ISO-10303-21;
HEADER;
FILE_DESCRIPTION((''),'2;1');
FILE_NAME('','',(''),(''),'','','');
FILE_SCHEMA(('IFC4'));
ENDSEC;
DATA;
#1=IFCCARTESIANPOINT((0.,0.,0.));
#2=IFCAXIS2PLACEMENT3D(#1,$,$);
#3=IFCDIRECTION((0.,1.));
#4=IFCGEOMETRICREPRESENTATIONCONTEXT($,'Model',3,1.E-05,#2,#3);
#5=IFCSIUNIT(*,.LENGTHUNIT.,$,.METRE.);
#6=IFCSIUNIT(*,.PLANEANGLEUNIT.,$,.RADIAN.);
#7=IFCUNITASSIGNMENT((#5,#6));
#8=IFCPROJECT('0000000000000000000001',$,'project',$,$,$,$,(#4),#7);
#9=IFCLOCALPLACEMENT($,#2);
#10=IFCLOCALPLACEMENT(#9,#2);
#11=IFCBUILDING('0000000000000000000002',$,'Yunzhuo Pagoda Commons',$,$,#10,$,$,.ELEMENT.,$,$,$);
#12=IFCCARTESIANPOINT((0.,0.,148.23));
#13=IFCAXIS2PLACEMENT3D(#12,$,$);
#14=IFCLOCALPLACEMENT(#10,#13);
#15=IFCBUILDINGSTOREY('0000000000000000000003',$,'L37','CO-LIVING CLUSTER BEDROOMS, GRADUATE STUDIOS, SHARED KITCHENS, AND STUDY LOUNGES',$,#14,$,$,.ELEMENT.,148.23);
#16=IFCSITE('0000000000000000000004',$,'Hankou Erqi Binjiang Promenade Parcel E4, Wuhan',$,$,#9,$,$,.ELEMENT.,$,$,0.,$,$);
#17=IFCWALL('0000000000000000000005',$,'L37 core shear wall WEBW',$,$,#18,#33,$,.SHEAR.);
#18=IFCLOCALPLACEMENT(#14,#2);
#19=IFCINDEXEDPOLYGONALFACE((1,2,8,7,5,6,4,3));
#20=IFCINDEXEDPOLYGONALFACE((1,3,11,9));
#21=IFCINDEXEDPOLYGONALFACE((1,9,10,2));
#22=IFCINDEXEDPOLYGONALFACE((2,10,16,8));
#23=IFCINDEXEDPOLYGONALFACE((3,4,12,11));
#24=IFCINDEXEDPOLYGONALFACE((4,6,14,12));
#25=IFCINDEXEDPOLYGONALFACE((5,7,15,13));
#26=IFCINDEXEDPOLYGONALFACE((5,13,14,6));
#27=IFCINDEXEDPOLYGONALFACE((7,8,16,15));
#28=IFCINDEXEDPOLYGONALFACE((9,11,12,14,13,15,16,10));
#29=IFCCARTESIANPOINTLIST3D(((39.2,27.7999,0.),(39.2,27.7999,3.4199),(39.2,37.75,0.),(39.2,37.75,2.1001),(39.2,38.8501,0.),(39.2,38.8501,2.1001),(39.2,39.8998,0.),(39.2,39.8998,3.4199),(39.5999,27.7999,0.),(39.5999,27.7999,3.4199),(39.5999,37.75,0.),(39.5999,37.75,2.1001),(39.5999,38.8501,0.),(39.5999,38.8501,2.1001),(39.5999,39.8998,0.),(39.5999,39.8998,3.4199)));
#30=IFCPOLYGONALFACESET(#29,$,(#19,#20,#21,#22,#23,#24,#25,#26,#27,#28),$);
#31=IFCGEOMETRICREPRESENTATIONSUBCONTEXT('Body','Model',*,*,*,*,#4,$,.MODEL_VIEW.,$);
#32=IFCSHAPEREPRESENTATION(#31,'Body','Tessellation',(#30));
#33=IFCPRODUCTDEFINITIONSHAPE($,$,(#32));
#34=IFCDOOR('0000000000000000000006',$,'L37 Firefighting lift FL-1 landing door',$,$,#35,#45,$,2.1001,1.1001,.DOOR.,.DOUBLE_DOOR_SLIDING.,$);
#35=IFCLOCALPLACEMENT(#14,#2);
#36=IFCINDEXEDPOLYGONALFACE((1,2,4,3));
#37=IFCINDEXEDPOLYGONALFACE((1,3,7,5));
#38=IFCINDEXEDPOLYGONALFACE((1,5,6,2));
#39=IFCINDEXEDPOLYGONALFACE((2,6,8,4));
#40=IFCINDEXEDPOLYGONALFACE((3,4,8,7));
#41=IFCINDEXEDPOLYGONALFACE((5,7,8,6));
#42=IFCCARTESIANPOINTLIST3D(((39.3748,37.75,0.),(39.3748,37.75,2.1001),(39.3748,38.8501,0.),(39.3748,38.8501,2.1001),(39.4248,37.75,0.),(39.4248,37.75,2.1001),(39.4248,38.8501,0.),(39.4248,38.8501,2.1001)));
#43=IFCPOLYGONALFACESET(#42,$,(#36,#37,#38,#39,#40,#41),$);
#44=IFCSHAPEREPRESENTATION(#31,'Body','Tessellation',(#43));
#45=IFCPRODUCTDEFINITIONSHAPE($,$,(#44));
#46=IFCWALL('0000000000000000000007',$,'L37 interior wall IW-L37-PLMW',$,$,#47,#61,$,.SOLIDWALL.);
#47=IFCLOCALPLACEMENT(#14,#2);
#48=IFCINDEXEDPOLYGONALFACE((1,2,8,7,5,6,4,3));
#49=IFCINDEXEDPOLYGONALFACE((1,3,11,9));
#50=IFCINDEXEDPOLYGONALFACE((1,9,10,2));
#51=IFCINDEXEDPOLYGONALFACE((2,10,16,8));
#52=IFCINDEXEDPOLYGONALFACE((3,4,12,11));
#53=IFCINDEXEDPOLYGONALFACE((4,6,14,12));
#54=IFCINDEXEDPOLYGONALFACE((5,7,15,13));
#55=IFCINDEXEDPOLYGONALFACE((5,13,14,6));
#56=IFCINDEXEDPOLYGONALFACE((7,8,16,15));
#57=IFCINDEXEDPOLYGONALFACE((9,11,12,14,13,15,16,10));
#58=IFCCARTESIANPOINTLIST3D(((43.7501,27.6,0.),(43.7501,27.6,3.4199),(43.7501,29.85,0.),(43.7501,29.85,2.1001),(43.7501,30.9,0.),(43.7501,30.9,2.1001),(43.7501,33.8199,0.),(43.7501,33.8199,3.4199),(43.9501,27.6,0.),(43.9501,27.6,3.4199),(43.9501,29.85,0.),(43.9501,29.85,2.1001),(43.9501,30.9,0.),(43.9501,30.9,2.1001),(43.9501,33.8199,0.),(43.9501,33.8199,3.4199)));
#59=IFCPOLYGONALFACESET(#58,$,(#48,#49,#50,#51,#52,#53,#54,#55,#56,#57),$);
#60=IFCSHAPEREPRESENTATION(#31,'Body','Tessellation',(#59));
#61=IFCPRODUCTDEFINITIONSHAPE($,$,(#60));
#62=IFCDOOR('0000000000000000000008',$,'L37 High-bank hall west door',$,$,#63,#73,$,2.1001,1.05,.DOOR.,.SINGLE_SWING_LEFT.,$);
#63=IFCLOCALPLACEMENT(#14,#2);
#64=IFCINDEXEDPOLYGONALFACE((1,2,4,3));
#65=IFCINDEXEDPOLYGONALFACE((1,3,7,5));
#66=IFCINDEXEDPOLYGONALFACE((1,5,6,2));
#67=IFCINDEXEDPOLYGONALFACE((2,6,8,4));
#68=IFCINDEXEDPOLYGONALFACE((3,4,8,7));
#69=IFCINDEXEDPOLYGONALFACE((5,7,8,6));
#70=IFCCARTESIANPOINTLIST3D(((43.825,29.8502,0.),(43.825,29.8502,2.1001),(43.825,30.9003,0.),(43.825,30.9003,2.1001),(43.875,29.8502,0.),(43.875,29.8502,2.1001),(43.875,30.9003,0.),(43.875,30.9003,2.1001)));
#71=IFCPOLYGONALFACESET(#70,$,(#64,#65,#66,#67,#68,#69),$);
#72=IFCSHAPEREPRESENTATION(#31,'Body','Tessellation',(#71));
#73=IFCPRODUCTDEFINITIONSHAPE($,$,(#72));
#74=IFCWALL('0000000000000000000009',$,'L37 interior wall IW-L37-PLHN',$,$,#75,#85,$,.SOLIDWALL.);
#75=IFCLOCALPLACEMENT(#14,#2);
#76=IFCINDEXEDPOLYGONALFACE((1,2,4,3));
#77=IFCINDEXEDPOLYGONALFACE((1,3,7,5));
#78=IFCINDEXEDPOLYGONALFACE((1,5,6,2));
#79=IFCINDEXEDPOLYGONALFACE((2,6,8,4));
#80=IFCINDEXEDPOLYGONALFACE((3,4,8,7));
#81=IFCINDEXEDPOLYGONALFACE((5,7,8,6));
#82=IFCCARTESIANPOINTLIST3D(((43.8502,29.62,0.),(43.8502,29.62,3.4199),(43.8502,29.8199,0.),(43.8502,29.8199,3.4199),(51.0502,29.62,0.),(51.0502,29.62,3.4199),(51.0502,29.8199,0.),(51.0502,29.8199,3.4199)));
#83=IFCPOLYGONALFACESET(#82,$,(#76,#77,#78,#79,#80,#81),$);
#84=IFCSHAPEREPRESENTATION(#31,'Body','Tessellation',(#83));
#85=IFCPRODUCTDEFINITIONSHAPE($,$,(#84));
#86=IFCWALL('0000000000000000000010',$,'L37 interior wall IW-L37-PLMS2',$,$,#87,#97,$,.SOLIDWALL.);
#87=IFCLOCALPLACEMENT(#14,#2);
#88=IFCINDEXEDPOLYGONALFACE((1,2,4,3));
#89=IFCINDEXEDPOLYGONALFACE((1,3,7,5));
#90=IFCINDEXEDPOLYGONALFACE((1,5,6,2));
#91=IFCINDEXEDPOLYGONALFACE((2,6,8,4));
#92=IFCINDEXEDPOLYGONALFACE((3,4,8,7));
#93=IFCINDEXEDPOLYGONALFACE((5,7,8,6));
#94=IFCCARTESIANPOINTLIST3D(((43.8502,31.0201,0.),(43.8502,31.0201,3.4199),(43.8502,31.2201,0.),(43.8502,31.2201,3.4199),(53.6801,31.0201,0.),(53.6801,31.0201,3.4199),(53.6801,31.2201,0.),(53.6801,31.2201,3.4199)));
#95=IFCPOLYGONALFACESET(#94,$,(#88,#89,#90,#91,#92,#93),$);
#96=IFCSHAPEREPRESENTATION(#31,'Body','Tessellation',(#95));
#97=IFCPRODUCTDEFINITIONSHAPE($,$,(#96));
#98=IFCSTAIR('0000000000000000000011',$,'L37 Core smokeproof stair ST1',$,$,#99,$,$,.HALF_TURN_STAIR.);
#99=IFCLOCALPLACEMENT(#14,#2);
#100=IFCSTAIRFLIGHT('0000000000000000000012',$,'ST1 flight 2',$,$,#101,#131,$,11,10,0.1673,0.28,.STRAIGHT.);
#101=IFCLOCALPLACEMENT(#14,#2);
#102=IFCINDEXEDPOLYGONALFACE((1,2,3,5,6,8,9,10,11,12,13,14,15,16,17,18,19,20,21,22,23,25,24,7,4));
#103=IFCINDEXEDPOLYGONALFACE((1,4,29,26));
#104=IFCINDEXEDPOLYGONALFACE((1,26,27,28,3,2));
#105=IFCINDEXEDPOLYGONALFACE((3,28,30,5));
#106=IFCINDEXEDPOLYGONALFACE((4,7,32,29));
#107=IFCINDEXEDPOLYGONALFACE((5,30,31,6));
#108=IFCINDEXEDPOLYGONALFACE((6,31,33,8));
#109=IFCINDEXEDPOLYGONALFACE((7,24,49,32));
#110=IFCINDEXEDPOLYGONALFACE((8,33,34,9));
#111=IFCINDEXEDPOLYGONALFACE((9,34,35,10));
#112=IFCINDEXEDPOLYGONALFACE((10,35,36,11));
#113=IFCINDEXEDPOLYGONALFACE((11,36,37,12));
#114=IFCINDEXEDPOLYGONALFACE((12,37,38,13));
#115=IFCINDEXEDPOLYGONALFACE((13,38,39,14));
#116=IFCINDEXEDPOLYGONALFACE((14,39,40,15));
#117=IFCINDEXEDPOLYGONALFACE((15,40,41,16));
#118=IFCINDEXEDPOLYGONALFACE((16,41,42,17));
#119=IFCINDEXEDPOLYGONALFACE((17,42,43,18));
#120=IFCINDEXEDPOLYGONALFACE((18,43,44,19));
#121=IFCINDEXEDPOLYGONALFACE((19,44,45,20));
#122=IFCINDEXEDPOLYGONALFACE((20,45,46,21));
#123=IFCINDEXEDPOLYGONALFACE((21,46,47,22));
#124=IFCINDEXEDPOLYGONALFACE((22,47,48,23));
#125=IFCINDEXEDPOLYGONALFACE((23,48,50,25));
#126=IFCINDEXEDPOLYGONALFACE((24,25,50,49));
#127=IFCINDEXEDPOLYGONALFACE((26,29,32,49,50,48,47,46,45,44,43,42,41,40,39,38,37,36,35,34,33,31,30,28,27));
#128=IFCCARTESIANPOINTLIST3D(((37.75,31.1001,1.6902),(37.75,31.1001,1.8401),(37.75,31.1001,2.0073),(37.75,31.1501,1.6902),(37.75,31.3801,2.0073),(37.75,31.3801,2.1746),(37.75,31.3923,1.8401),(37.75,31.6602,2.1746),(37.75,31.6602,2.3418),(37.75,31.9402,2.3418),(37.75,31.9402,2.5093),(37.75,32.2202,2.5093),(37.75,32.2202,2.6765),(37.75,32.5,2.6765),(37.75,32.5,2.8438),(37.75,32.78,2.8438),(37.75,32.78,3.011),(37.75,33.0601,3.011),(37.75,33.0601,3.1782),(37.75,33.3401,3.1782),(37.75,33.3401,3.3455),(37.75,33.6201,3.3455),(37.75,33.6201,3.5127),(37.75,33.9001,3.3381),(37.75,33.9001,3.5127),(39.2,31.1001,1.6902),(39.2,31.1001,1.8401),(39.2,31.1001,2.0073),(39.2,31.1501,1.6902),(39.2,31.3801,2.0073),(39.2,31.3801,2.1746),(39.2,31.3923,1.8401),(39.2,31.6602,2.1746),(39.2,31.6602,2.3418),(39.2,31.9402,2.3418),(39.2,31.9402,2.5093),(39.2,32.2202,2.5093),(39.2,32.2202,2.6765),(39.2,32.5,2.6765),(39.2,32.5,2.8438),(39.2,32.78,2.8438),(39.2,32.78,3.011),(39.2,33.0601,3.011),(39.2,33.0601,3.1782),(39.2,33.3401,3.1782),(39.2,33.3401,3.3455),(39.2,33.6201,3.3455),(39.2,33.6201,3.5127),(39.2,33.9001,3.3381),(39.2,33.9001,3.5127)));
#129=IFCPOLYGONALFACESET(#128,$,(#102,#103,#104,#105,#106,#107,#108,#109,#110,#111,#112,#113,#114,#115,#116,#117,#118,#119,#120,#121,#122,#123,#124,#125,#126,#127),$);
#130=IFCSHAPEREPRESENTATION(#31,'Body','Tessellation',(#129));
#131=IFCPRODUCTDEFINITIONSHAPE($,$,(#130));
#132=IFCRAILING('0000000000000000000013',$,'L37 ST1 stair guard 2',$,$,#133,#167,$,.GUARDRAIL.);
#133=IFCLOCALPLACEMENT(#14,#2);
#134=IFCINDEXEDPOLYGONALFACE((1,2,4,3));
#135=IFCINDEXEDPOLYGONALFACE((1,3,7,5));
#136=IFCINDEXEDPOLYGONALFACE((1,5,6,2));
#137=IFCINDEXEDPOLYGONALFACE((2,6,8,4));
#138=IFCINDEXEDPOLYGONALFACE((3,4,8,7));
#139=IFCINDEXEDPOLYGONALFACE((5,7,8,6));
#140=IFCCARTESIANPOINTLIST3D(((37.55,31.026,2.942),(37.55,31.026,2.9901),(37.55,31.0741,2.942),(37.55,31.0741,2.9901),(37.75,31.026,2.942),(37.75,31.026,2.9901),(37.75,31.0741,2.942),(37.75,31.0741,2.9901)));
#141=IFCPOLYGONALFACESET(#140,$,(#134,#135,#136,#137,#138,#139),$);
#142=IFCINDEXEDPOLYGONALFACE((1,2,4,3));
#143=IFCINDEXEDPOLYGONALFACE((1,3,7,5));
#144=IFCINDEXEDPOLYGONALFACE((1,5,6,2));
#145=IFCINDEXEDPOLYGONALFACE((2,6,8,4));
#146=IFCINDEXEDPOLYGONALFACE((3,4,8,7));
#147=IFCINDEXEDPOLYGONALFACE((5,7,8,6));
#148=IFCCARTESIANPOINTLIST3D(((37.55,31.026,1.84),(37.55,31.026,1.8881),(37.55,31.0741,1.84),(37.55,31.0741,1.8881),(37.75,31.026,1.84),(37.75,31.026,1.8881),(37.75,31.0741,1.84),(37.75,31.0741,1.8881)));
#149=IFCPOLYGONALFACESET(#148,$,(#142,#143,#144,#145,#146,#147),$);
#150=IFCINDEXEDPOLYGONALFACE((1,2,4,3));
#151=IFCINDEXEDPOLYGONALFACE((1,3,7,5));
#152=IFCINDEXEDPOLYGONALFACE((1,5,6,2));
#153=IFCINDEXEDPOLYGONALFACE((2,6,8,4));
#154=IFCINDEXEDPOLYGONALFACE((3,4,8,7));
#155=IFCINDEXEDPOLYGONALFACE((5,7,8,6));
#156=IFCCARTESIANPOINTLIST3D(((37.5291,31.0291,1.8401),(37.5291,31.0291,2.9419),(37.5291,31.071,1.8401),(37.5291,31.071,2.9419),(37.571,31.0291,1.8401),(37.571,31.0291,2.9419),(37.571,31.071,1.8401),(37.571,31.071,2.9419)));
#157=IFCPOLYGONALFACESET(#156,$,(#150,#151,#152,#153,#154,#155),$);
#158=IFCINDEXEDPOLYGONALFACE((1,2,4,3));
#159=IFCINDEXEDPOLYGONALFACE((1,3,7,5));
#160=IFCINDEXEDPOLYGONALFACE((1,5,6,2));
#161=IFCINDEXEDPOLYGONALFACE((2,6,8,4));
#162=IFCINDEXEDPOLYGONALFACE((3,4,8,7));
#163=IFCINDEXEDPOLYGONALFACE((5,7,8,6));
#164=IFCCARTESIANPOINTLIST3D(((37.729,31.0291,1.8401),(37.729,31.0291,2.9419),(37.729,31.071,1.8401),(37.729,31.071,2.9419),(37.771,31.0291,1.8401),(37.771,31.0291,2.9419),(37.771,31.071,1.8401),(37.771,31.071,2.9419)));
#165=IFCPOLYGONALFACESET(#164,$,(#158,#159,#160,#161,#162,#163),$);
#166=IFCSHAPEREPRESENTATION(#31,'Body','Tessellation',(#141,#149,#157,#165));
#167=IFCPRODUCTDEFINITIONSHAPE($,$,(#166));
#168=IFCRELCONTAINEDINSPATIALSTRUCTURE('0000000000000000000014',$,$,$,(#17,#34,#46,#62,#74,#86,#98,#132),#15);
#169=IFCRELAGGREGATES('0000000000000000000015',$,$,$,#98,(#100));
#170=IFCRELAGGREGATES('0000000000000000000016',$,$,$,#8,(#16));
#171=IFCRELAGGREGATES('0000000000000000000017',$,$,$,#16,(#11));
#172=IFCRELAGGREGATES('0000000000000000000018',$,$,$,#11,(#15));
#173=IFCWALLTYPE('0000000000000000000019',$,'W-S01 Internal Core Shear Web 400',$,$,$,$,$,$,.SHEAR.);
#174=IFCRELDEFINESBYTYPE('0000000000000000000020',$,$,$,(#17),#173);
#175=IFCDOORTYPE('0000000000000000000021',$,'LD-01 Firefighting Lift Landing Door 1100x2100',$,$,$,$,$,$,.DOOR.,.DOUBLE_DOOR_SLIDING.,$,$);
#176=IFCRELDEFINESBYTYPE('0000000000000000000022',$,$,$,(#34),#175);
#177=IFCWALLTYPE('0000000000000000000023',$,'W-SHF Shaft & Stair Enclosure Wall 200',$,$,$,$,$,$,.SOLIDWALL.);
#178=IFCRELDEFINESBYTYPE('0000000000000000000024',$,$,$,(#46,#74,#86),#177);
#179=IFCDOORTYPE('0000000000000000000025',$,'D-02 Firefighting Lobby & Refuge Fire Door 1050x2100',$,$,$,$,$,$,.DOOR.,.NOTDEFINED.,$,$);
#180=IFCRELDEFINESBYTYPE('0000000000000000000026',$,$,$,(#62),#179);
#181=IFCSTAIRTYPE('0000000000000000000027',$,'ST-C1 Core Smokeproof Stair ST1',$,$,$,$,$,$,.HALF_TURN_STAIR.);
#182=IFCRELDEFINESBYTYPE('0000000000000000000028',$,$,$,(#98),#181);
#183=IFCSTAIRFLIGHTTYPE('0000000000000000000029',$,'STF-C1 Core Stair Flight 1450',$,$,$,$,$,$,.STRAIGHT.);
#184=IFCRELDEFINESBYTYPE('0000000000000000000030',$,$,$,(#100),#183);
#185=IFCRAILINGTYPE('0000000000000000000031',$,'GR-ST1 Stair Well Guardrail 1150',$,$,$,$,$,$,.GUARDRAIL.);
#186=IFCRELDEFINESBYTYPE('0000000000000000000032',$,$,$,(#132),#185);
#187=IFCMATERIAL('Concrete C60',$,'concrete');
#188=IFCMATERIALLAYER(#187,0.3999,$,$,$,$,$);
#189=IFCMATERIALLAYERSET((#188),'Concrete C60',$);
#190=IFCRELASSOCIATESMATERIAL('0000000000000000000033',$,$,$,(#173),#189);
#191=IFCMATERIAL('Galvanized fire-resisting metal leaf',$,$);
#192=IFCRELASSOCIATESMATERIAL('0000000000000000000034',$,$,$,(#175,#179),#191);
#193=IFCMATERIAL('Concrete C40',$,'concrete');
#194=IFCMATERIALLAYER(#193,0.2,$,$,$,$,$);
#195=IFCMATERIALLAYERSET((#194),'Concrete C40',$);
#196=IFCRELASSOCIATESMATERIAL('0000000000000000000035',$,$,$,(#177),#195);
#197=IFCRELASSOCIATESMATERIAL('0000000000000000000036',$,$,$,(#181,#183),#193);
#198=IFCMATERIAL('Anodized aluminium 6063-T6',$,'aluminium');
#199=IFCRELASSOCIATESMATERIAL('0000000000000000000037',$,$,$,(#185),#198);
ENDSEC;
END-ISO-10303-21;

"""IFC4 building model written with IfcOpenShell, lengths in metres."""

from ifc_helpers import new_model, si_unit, direction, frame, frame_2d, origin, origin_2d, place, context, subcontext, project, spatial, polyline, rectangle, outline, extrude, source, transform, mapped, material, layer, layer_set, type_object, element, fill, aggregate, save


model = new_model("IFC4")

# Units and contexts
model_context = context("Model", 3, precision=1e-05, world=origin(), true_north=direction((0.0, 1.0)))
body_context = subcontext(model_context, "Body", "Model", "MODEL_VIEW")
ifc_project = project(units=[si_unit("LENGTHUNIT", "METRE"), si_unit("PLANEANGLEUNIT", "RADIAN")], contexts=[model_context])

# Site, building, storey
site_placement = place(None, origin())
site = spatial("IfcSite", under=ifc_project, at=site_placement, Name="Hankou Erqi Binjiang Promenade Parcel E4, Wuhan", CompositionType="ELEMENT", RefElevation=0.0)
building_placement = place(site_placement, origin())
building = spatial("IfcBuilding", under=site, at=building_placement, Name="Yunzhuo Pagoda Commons", CompositionType="ELEMENT")
storey_placement = place(building_placement, frame((0.0, 0.0, 148.23)))
storey = spatial("IfcBuildingStorey", under=building, at=storey_placement, Name="L37", Description="CO-LIVING CLUSTER BEDROOMS, GRADUATE STUDIOS, SHARED KITCHENS, AND STUDY LOUNGES", CompositionType="ELEMENT", Elevation=148.23)

# Shared definitions
ifc_material_1 = material(Name="Concrete C60", Category="concrete")

# Shared definitions
ifc_material_2 = material(Name="Galvanized fire-resisting metal leaf")

# Walls, openings, doors
ifc_layer_1 = layer(ifc_material_1, 0.3999)
ifc_layer_set_1 = layer_set([ifc_layer_1], Name="Concrete C60")
wall_type_1 = type_object("IfcWallType", Name="W-S01 Internal Core Shear Web 400", PredefinedType="SHEAR", material=ifc_layer_set_1)
wall_1_placement = place(storey_placement, frame((39.3999, 27.8, 0.0), z_axis=(0.0, 0.0, 1.0), x_axis=(0.0, 1.0, 0.0)))
wall_1 = element("IfcWall", 1, at=wall_1_placement, inside=storey, type_object=wall_type_1, Name="L37 core shear wall WEBW", PredefinedType="SHEAR", context=body_context, shape_type="SweptSolid", body=[
    extrude(rectangle(XDim=12.0999, YDim=0.3999, at=frame_2d((6.0498, 0.0))), origin(), (0.0, 0.0, 1.0), 3.4199),
])
opening_1_placement = place(wall_1_placement, frame((9.95, 0.0, 0.0)))
opening_1 = element("IfcOpeningElement", 2, at=opening_1_placement, cuts=wall_1, PredefinedType="OPENING", context=body_context, shape_type="SweptSolid", body=[
    extrude(rectangle(XDim=1.1001, YDim=2.1001, at=frame_2d((0.55, 1.05))), frame((0.0, 0.21, 0.0), z_axis=(0.0, -1.0, 0.0), x_axis=(1.0, 0.0, 0.0)), (0.0, 0.0, 1.0), 0.4199),
])
door_type_1 = type_object("IfcDoorType", Name="LD-01 Firefighting Lift Landing Door 1100x2100", OperationType="DOUBLE_DOOR_SLIDING", PredefinedType="DOOR", material=ifc_material_2)
shared_shape_1 = source(origin(), body_context, "Body", "SweptSolid", [
    extrude(rectangle(XDim=1.1001, YDim=2.1001, at=frame_2d((0.55, 1.05))), frame((0.0, 0.0249, 0.0), z_axis=(0.0, -1.0, 0.0), x_axis=(1.0, 0.0, 0.0)), (0.0, 0.0, 1.0), 0.05),
])
door_1_placement = place(opening_1_placement, frame((1.1001, 0.0, 0.0), z_axis=(0.0, 0.0, 1.0), x_axis=(-1.0, 0.0, 0.0)))
door_1 = element("IfcDoor", 3, at=door_1_placement, inside=storey, type_object=door_type_1, Name="L37 Firefighting lift FL-1 landing door", OperationType="DOUBLE_DOOR_SLIDING", OverallHeight=2.1001, OverallWidth=1.1001, PredefinedType="DOOR", context=body_context, shape_type="MappedRepresentation", body=[
    mapped(shared_shape_1, transform((0.0, 0.0, 0.0), scale=1.0)),
])
fill(opening_1, door_1)
ifc_material_3 = material(Name="Concrete C40", Category="concrete")
ifc_layer_2 = layer(ifc_material_3, 0.2)
ifc_layer_set_2 = layer_set([ifc_layer_2], Name="Concrete C40")
wall_type_2 = type_object("IfcWallType", Name="W-SHF Shaft & Stair Enclosure Wall 200", PredefinedType="SOLIDWALL", material=ifc_layer_set_2)
wall_2_placement = place(storey_placement, frame((43.8501, 27.6001, 0.0), z_axis=(0.0, 0.0, 1.0), x_axis=(0.0, 1.0, 0.0)))
wall_2 = element("IfcWall", 4, at=wall_2_placement, inside=storey, type_object=wall_type_2, Name="L37 interior wall IW-L37-PLMW", PredefinedType="SOLIDWALL", context=body_context, shape_type="SweptSolid", body=[
    extrude(rectangle(XDim=6.22, YDim=0.2, at=frame_2d((3.1099, 0.0))), origin(), (0.0, 0.0, 1.0), 3.4199),
])
opening_2_placement = place(wall_2_placement, frame((2.25, 0.0, 0.0)))
opening_2 = element("IfcOpeningElement", 5, at=opening_2_placement, cuts=wall_2, PredefinedType="OPENING", context=body_context, shape_type="SweptSolid", body=[
    extrude(rectangle(XDim=1.05, YDim=2.1001, at=frame_2d((0.5249, 1.05))), frame((0.0, 0.1099, 0.0), z_axis=(0.0, -1.0, 0.0), x_axis=(1.0, 0.0, 0.0)), (0.0, 0.0, 1.0), 0.22),
])
door_type_2 = type_object("IfcDoorType", Name="D-02 Firefighting Lobby & Refuge Fire Door 1050x2100", OperationType="NOTDEFINED", PredefinedType="DOOR", material=ifc_material_2)
shared_shape_2 = source(origin(), body_context, "Body", "SweptSolid", [
    extrude(rectangle(XDim=1.05, YDim=2.1001, at=frame_2d((0.5249, 1.05))), frame((0.0, 0.0249, 0.0), z_axis=(0.0, -1.0, 0.0), x_axis=(1.0, 0.0, 0.0)), (0.0, 0.0, 1.0), 0.05),
])
door_2_placement = place(opening_2_placement, frame((1.05, 0.0, 0.0), z_axis=(0.0, 0.0, 1.0), x_axis=(-1.0, 0.0, 0.0)))
door_2 = element("IfcDoor", 6, at=door_2_placement, inside=storey, type_object=door_type_2, Name="L37 High-bank hall west door", OperationType="SINGLE_SWING_LEFT", OverallHeight=2.1001, OverallWidth=1.05, PredefinedType="DOOR", context=body_context, shape_type="MappedRepresentation", body=[
    mapped(shared_shape_2, transform((0.0, 0.0, 0.0), scale=1.0)),
])
fill(opening_2, door_2)

# Walls
wall_3_placement = place(storey_placement, frame((43.8501, 29.72, 0.0), z_axis=(0.0, 0.0, 1.0), x_axis=(1.0, 0.0, 0.0)))
element("IfcWall", 7, at=wall_3_placement, inside=storey, type_object=wall_type_2, Name="L37 interior wall IW-L37-PLHN", PredefinedType="SOLIDWALL", context=body_context, shape_type="SweptSolid", body=[
    extrude(rectangle(XDim=7.2, YDim=0.2, at=frame_2d((3.6001, 0.0))), origin(), (0.0, 0.0, 1.0), 3.4199),
])
wall_4_placement = place(storey_placement, frame((43.8501, 31.1201, 0.0), z_axis=(0.0, 0.0, 1.0), x_axis=(1.0, 0.0, 0.0)))
element("IfcWall", 8, at=wall_4_placement, inside=storey, type_object=wall_type_2, Name="L37 interior wall IW-L37-PLMS2", PredefinedType="SOLIDWALL", context=body_context, shape_type="SweptSolid", body=[
    extrude(rectangle(XDim=9.8298, YDim=0.2, at=frame_2d((4.915, 0.0))), origin(), (0.0, 0.0, 1.0), 3.4199),
])

# Stair, stair flight
stair_type = type_object("IfcStairType", Name="ST-C1 Core Smokeproof Stair ST1", PredefinedType="HALF_TURN_STAIR", material=ifc_material_3)
stair_placement = place(storey_placement, origin())
stair = element("IfcStair", 9, at=stair_placement, inside=storey, type_object=stair_type, Name="L37 Core smokeproof stair ST1", PredefinedType="HALF_TURN_STAIR")
stair_flight_type = type_object("IfcStairFlightType", Name="STF-C1 Core Stair Flight 1450", PredefinedType="STRAIGHT", material=ifc_material_3)
shared_shape_3 = source(origin(), body_context, "Body", "SweptSolid", [
    extrude(outline(polyline([(0.0, -0.1499), (0.0, 0.0), (0.0, 0.1672), (0.28, 0.1672), (0.28, 0.3345), (0.5601, 0.3345), (0.5601, 0.5017), (0.8401, 0.5017), (0.8401, 0.6692), (1.1201, 0.6692), (1.1201, 0.8364), (1.3999, 0.8364), (1.3999, 1.0037), (1.6799, 1.0037), (1.6799, 1.1709), (1.96, 1.1709), (1.96, 1.3381), (2.24, 1.3381), (2.24, 1.5054), (2.52, 1.5054), (2.52, 1.6726), (2.8, 1.6726), (2.8, 1.8401), (2.8, 1.498), (0.2922, 0.0), (0.05, -0.1499), (0.0, -0.1499)])), frame((0.0, 0.7251, 0.0), z_axis=(0.0, -1.0, 0.0), x_axis=(1.0, 0.0, 0.0)), (0.0, 0.0, 1.0), 1.45),
])
stair_flight_placement = place(storey_placement, frame((38.4751, 31.1001, 1.8401), z_axis=(0.0, 0.0, 1.0), x_axis=(0.0, 1.0, 0.0)))
stair_flight = element("IfcStairFlight", 10, at=stair_flight_placement, type_object=stair_flight_type, Name="ST1 flight 2", NumberOfRisers=11, NumberOfTreads=10, PredefinedType="STRAIGHT", RiserHeight=0.1673, TreadLength=0.28, context=body_context, shape_type="MappedRepresentation", body=[
    mapped(shared_shape_3, transform((0.0, 0.0, 0.0), scale=1.0)),
])
aggregate(stair, [stair_flight])

# Railing
ifc_material_4 = material(Name="Anodized aluminium 6063-T6", Category="aluminium")
railing_type_1 = type_object("IfcRailingType", Name="GR-ST1 Stair Well Guardrail 1150", PredefinedType="GUARDRAIL", material=ifc_material_4)
railing_1_placement = place(storey_placement, frame((37.55, 31.05, 1.8401)))
element("IfcRailing", 11, at=railing_1_placement, inside=storey, type_object=railing_type_1, Name="L37 ST1 stair guard 2", PredefinedType="GUARDRAIL", context=body_context, shape_type="SweptSolid", body=[
    extrude(rectangle(XDim=0.0481, YDim=0.0481, at=origin_2d()), frame((0.0, 0.0, 1.126), z_axis=(1.0, 0.0, 0.0), x_axis=(0.0, 1.0, 0.0)), (0.0, 0.0, 1.0), 0.2),
    extrude(rectangle(XDim=0.0481, YDim=0.0481, at=origin_2d()), frame((0.0, 0.0, 0.0239), z_axis=(1.0, 0.0, 0.0), x_axis=(0.0, 1.0, 0.0)), (0.0, 0.0, 1.0), 0.2),
    extrude(rectangle(XDim=0.042, YDim=0.042, at=origin_2d()), origin(), (0.0, 0.0, 1.0), 1.1018),
    extrude(rectangle(XDim=0.042, YDim=0.042, at=origin_2d()), frame((0.2, 0.0, 0.0)), (0.0, 0.0, 1.0), 1.1018),
])

save(model, "model.ifc")
